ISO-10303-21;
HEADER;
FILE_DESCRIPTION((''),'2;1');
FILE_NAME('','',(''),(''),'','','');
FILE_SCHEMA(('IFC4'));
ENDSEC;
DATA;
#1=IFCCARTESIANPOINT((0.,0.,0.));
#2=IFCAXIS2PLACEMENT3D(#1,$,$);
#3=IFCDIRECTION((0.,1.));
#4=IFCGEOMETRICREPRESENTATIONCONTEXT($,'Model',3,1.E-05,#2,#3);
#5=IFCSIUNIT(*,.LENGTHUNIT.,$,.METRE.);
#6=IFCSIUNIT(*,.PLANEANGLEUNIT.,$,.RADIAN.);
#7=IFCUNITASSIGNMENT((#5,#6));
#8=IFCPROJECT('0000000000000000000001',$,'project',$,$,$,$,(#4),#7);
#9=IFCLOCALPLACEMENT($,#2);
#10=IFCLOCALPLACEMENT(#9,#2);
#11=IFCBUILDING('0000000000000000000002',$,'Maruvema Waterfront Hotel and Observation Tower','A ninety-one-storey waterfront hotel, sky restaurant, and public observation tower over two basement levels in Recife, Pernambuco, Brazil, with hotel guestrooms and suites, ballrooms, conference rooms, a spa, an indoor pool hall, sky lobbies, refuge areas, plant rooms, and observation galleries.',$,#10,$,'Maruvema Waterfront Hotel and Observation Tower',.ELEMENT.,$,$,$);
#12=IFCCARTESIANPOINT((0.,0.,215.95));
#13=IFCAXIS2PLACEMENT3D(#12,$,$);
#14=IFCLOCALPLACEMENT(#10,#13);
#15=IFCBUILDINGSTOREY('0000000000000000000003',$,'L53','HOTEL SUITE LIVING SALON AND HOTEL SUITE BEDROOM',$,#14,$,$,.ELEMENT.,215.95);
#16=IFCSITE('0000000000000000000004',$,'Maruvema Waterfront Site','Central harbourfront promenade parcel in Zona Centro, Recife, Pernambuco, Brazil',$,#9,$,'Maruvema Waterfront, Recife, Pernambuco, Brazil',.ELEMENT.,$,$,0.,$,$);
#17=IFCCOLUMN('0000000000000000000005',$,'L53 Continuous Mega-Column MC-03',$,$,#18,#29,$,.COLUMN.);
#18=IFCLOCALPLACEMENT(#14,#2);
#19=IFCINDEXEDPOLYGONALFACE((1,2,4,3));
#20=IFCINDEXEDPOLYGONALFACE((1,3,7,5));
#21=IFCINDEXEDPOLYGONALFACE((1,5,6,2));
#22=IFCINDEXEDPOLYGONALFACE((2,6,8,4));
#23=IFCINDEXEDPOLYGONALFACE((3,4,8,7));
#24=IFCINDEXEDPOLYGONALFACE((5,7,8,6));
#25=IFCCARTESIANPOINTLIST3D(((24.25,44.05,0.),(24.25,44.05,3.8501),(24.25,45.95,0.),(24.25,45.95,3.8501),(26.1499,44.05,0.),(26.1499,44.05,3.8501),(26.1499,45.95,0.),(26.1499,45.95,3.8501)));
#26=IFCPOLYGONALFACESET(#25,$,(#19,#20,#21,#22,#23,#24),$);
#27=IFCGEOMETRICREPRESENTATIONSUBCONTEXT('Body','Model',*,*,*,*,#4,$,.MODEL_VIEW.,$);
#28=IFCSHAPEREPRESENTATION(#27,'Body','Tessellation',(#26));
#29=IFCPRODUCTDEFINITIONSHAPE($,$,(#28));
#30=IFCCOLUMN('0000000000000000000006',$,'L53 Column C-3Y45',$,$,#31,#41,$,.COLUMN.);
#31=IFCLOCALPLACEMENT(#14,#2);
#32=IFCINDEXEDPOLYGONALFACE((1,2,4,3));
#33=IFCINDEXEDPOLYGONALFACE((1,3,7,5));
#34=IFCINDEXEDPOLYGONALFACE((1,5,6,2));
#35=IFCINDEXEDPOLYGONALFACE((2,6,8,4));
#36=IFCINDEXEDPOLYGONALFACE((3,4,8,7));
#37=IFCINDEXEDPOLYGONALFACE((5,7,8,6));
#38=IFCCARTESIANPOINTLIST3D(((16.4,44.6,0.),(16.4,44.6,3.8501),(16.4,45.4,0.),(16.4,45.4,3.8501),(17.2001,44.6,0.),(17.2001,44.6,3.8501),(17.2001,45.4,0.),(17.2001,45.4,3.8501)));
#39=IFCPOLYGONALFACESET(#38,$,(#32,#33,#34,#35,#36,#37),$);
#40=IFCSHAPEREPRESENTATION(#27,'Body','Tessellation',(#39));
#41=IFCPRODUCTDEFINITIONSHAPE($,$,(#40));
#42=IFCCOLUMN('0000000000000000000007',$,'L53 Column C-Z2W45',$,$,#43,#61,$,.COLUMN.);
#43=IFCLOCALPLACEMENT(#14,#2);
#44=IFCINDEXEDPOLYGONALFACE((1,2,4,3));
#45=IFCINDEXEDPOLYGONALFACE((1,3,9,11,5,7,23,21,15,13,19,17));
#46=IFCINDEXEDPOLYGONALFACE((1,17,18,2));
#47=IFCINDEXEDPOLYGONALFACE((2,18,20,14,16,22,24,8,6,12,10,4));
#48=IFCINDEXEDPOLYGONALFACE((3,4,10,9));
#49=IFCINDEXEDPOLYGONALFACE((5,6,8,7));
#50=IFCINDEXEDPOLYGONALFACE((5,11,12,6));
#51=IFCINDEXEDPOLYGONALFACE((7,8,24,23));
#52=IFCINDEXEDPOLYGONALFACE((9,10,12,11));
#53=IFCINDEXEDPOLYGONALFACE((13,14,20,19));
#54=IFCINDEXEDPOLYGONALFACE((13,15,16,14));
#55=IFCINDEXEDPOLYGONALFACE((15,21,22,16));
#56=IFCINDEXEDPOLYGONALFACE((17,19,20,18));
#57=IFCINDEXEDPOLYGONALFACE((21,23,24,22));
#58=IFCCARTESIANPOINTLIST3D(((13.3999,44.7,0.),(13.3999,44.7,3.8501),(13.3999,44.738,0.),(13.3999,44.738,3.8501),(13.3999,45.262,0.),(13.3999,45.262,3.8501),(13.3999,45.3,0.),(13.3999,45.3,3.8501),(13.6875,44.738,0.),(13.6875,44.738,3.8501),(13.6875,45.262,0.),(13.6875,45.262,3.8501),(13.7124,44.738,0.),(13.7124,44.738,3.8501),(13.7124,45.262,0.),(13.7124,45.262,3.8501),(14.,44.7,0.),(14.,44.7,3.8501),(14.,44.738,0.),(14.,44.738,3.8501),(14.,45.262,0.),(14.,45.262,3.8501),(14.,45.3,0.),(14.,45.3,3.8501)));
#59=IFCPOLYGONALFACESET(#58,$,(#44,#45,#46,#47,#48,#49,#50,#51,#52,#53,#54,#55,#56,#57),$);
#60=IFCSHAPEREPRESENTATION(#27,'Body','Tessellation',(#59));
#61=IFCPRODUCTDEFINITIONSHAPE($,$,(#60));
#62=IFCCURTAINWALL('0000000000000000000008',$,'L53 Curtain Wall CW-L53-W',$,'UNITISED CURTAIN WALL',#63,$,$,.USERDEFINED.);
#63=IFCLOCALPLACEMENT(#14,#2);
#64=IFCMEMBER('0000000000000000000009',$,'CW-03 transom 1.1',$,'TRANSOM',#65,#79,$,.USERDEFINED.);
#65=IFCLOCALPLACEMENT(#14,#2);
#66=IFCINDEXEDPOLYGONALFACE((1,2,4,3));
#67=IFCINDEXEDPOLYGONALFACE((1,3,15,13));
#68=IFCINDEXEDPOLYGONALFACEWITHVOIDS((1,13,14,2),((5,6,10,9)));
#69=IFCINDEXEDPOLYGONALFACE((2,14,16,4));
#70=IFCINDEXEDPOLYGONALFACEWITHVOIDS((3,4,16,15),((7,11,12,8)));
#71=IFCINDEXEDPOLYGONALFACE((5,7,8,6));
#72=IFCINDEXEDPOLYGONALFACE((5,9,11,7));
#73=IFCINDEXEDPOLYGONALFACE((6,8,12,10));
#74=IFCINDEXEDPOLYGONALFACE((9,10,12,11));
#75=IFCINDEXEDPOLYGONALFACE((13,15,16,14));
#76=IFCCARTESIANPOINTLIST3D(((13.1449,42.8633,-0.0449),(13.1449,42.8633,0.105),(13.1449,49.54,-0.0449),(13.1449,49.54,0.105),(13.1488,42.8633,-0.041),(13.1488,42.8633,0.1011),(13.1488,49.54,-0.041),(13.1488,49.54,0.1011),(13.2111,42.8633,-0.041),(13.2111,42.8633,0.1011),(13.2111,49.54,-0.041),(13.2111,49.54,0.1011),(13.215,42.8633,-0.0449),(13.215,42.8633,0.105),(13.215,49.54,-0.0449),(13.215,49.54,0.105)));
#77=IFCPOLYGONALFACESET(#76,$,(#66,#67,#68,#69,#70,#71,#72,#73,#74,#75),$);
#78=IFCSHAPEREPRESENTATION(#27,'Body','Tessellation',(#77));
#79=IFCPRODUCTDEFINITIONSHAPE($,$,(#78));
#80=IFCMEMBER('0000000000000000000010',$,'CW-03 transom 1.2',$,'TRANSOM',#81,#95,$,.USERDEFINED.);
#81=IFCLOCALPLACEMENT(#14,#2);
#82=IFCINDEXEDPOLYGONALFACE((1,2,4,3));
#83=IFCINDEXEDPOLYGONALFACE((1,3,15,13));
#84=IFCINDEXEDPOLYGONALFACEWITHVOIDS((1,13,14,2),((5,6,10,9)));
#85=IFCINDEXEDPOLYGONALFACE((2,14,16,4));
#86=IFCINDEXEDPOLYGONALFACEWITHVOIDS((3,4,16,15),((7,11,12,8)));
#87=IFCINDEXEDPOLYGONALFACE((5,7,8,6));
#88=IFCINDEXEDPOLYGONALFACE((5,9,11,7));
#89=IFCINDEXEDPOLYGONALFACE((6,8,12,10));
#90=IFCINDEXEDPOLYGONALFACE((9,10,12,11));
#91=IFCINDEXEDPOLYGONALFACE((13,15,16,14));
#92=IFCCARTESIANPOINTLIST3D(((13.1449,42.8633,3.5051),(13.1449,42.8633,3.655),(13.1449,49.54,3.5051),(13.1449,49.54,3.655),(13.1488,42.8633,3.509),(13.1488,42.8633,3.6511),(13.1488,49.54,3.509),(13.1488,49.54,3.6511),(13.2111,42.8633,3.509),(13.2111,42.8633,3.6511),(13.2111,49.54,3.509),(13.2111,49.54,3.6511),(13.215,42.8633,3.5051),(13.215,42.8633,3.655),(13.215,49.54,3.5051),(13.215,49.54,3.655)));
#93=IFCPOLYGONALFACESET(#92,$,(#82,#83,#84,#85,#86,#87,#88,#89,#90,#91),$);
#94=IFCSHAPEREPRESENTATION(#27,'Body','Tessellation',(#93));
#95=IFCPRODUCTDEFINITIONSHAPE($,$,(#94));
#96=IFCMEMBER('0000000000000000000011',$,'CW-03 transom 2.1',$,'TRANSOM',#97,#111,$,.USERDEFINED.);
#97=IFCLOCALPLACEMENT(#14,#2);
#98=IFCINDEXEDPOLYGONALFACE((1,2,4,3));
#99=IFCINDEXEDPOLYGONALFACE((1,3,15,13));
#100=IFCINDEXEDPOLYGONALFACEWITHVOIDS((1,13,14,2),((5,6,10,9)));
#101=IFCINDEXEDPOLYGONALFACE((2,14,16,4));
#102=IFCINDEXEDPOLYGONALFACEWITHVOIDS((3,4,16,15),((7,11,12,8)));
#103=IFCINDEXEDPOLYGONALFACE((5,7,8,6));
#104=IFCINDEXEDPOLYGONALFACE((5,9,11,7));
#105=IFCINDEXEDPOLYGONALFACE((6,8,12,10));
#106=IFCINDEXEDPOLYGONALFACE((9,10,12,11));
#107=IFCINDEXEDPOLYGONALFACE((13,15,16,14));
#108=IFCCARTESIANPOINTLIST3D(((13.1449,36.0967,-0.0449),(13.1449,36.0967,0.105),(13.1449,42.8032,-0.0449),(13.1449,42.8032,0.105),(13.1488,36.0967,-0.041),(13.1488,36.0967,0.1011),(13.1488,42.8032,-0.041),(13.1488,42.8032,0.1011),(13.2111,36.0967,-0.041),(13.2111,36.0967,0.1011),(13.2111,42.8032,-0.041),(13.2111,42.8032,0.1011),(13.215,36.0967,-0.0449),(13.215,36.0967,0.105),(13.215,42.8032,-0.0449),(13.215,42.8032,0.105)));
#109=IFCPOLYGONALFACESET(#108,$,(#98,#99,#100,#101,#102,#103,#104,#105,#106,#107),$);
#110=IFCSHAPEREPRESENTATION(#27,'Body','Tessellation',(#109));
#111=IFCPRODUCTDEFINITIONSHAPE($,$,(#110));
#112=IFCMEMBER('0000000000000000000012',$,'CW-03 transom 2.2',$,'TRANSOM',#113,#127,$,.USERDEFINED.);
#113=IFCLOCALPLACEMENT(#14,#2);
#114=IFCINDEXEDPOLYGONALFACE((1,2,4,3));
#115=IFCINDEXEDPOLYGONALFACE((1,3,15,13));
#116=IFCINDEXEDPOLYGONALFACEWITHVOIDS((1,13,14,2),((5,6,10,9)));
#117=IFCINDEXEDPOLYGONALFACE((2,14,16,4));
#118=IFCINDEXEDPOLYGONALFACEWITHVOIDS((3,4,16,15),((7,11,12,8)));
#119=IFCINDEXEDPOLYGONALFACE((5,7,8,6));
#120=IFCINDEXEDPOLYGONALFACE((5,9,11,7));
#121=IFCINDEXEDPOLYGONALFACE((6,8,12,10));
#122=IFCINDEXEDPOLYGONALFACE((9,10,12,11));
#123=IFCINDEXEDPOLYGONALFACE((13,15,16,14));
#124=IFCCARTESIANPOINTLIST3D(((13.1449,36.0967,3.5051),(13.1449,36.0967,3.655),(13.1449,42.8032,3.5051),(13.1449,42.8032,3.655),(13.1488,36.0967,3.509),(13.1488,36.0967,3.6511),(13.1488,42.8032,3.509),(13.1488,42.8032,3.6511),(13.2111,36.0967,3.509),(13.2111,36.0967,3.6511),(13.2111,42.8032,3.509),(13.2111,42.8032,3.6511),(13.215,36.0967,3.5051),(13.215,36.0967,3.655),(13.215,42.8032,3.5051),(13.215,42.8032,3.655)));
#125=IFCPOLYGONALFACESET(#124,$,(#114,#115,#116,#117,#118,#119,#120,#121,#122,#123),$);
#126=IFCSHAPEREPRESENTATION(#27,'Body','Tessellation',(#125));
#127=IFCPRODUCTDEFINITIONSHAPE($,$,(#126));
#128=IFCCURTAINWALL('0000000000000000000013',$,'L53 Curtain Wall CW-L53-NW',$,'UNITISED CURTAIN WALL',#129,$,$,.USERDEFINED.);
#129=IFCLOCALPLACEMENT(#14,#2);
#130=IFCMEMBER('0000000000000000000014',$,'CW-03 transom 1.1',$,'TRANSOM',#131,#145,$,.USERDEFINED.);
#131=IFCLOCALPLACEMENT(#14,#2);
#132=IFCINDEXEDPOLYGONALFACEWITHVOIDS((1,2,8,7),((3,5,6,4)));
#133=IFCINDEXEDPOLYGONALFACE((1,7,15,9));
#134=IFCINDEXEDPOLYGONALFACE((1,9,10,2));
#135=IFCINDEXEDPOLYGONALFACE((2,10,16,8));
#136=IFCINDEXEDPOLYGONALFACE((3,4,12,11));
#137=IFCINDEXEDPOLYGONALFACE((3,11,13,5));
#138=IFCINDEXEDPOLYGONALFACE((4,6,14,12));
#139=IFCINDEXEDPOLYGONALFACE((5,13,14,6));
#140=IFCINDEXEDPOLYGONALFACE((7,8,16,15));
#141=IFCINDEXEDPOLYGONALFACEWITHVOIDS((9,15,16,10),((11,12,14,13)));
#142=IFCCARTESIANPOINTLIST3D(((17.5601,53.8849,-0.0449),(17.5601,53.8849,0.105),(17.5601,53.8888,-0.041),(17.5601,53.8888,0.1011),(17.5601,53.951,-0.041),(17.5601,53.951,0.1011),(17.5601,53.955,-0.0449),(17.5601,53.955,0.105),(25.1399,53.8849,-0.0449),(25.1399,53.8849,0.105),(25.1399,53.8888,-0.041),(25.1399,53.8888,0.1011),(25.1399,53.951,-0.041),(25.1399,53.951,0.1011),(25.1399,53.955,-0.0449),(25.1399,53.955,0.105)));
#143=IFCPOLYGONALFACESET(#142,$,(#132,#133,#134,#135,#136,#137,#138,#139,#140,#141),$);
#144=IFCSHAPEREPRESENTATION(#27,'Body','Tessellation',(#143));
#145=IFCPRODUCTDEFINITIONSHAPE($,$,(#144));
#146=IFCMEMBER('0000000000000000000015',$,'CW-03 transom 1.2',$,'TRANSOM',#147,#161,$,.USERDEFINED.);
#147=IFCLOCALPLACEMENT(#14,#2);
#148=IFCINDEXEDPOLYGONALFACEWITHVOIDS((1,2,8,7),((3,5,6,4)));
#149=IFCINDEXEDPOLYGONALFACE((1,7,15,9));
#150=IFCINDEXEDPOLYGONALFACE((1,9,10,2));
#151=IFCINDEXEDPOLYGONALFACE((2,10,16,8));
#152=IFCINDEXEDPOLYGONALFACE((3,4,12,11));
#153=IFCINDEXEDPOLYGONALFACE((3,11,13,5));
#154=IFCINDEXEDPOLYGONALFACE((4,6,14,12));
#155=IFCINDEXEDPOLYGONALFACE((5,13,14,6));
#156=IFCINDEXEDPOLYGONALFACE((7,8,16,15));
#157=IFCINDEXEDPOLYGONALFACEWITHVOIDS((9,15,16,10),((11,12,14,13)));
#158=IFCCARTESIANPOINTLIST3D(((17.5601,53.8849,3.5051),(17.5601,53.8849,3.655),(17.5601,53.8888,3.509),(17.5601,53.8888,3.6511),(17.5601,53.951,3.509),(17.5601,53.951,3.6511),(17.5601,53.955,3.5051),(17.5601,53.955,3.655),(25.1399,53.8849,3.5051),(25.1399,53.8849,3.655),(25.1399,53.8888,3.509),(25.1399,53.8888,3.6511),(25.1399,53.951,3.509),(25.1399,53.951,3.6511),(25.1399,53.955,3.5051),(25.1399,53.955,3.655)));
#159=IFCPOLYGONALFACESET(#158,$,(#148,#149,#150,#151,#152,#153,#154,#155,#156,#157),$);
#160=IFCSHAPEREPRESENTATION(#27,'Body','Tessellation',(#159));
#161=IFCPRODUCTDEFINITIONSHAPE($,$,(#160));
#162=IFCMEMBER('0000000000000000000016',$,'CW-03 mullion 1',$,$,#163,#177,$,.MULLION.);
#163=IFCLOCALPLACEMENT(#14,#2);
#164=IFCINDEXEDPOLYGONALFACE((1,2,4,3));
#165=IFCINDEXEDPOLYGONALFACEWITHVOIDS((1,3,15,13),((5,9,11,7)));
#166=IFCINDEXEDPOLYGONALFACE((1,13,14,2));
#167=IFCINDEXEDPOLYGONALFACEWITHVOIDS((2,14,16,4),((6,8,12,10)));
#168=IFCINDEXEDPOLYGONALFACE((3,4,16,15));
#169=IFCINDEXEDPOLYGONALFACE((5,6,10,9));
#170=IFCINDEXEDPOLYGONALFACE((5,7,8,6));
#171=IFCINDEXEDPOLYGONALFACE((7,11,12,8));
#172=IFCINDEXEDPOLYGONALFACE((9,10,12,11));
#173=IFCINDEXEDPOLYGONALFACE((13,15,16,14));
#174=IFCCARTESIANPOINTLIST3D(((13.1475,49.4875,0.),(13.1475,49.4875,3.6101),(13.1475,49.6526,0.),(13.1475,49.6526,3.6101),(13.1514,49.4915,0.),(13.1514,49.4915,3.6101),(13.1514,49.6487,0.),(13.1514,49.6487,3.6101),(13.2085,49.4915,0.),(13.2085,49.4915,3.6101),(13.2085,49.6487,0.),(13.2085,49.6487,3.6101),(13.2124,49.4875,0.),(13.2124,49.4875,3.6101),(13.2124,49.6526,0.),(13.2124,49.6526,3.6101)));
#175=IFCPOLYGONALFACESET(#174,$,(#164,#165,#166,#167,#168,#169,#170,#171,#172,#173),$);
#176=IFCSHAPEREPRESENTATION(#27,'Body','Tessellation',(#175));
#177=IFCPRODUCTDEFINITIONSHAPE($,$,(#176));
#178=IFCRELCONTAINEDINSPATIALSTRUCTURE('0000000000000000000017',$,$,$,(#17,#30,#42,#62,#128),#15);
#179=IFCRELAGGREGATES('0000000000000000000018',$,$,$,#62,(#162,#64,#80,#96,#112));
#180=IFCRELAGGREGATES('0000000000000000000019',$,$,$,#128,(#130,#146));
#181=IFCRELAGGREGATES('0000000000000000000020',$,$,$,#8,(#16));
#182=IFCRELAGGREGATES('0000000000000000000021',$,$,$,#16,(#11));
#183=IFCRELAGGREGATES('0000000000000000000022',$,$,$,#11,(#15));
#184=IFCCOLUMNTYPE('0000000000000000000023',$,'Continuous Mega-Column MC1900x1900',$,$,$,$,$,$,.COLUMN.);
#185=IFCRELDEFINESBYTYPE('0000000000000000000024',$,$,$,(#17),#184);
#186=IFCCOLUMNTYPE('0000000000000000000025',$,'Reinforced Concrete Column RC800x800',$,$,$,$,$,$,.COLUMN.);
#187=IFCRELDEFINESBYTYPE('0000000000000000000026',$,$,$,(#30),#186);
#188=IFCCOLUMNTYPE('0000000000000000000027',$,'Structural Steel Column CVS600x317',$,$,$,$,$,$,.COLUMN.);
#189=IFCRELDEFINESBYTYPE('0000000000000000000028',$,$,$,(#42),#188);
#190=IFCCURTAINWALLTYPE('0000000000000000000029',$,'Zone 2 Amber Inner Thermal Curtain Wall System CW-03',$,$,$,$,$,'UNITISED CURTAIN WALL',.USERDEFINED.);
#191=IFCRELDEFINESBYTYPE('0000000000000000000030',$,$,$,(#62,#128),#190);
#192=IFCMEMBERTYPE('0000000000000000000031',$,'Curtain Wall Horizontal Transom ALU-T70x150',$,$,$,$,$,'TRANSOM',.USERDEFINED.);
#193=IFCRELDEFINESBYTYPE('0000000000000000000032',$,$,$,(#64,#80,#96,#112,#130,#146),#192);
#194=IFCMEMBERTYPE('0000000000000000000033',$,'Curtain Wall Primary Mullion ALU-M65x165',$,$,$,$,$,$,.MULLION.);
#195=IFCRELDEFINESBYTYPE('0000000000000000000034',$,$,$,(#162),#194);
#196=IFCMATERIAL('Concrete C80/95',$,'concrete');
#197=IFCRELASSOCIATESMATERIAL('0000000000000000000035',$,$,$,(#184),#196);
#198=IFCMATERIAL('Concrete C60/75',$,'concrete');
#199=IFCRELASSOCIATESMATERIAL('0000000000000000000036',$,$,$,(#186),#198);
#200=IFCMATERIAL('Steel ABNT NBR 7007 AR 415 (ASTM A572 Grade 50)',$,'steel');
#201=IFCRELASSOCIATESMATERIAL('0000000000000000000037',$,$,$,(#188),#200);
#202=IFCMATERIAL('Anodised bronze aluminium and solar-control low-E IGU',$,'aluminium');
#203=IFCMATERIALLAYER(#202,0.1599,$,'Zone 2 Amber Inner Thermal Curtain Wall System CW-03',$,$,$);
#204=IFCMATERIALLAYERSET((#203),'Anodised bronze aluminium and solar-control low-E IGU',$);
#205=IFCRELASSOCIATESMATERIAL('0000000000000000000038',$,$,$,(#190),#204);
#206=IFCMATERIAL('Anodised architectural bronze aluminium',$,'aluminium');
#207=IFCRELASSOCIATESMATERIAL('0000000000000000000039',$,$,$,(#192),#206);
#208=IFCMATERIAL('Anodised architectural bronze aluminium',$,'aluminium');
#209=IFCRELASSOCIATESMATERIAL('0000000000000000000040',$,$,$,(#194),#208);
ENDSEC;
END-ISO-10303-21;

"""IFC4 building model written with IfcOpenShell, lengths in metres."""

from ifc_helpers import new_model, si_unit, direction, frame, origin, origin_2d, place, context, subcontext, project, spatial, rectangle, hollow_rectangle, i_section, extrude, material, layer, layer_set, material_profile, profile_set, type_object, element, aggregate, save


model = new_model("IFC4")

# Units and contexts
model_context = context("Model", 3, precision=1e-05, world=origin(), true_north=direction((0.0, 1.0)))
body_context = subcontext(model_context, "Body", "Model", "MODEL_VIEW")
ifc_project = project(units=[si_unit("LENGTHUNIT", "METRE"), si_unit("PLANEANGLEUNIT", "RADIAN")], contexts=[model_context])

# Site, building, storey
site_placement = place(None, origin())
site = spatial("IfcSite", under=ifc_project, at=site_placement, Name="Maruvema Waterfront Site", Description="Central harbourfront promenade parcel in Zona Centro, Recife, Pernambuco, Brazil", LongName="Maruvema Waterfront, Recife, Pernambuco, Brazil", CompositionType="ELEMENT", RefElevation=0.0)
building_placement = place(site_placement, origin())
building = spatial("IfcBuilding", under=site, at=building_placement, Name="Maruvema Waterfront Hotel and Observation Tower", Description="A ninety-one-storey waterfront hotel, sky restaurant, and public observation tower over two basement levels in Recife, Pernambuco, Brazil, with hotel guestrooms and suites, ballrooms, conference rooms, a spa, an indoor pool hall, sky lobbies, refuge areas, plant rooms, and observation galleries.", LongName="Maruvema Waterfront Hotel and Observation Tower", CompositionType="ELEMENT")
storey_placement = place(building_placement, frame((0.0, 0.0, 215.95)))
storey = spatial("IfcBuildingStorey", under=building, at=storey_placement, Name="L53", Description="HOTEL SUITE LIVING SALON AND HOTEL SUITE BEDROOM", CompositionType="ELEMENT", Elevation=215.95)

# Columns
ifc_material_1 = material(Name="Concrete C80/95", Category="concrete")
ifc_material_profile_1 = material_profile(ifc_material_1, rectangle(XDim=1.8999, YDim=1.8999, at=origin_2d()), Name="MC1900x1900")
ifc_profile_set_1 = profile_set([ifc_material_profile_1], Name="Concrete C80/95")
column_type_1 = type_object("IfcColumnType", Name="Continuous Mega-Column MC1900x1900", PredefinedType="COLUMN", material=ifc_profile_set_1)
column_1_placement = place(storey_placement, frame((25.2, 45.0, 0.0), z_axis=(0.0, 0.0, 1.0), x_axis=(1.0, 0.0, 0.0)))
element("IfcColumn", 1, at=column_1_placement, inside=storey, type_object=column_type_1, Name="L53 Continuous Mega-Column MC-03", PredefinedType="COLUMN", context=body_context, shape_type="SweptSolid", body=[
    extrude(rectangle(XDim=1.8999, YDim=1.8999, at=origin_2d()), origin(), (0.0, 0.0, 1.0), 3.8501),
])
ifc_material_2 = material(Name="Concrete C60/75", Category="concrete")
ifc_material_profile_2 = material_profile(ifc_material_2, rectangle(XDim=0.8, YDim=0.8, at=origin_2d()), Name="RC800x800")
ifc_profile_set_2 = profile_set([ifc_material_profile_2], Name="Concrete C60/75")
column_type_2 = type_object("IfcColumnType", Name="Reinforced Concrete Column RC800x800", PredefinedType="COLUMN", material=ifc_profile_set_2)
column_2_placement = place(storey_placement, frame((16.8, 45.0, 0.0), z_axis=(0.0, 0.0, 1.0), x_axis=(1.0, 0.0, 0.0)))
element("IfcColumn", 2, at=column_2_placement, inside=storey, type_object=column_type_2, Name="L53 Column C-3Y45", PredefinedType="COLUMN", context=body_context, shape_type="SweptSolid", body=[
    extrude(rectangle(XDim=0.8, YDim=0.8, at=origin_2d()), origin(), (0.0, 0.0, 1.0), 3.8501),
])
ifc_material_3 = material(Name="Steel ABNT NBR 7007 AR 415 (ASTM A572 Grade 50)", Category="steel")
ifc_material_profile_3 = material_profile(ifc_material_3, i_section(OverallWidth=0.6001, OverallDepth=0.6001, WebThickness=0.0249, FlangeThickness=0.0381, at=origin_2d()), Name="CVS600x317")
ifc_profile_set_3 = profile_set([ifc_material_profile_3], Name="Steel ABNT NBR 7007 AR 415 (ASTM A572 Grade 50)")
column_type_3 = type_object("IfcColumnType", Name="Structural Steel Column CVS600x317", PredefinedType="COLUMN", material=ifc_profile_set_3)
column_3_placement = place(storey_placement, frame((13.7, 45.0, 0.0), z_axis=(0.0, 0.0, 1.0), x_axis=(1.0, 0.0, 0.0)))
element("IfcColumn", 3, at=column_3_placement, inside=storey, type_object=column_type_3, Name="L53 Column C-Z2W45", PredefinedType="COLUMN", context=body_context, shape_type="SweptSolid", body=[
    extrude(i_section(OverallWidth=0.6001, OverallDepth=0.6001, WebThickness=0.0249, FlangeThickness=0.0381, at=origin_2d()), origin(), (0.0, 0.0, 1.0), 3.8501),
])

# Curtain walls, members
ifc_material_4 = material(Name="Anodised bronze aluminium and solar-control low-E IGU", Category="aluminium")
ifc_layer_1 = layer(ifc_material_4, 0.1599, Name="Zone 2 Amber Inner Thermal Curtain Wall System CW-03")
ifc_layer_set_1 = layer_set([ifc_layer_1], Name="Anodised bronze aluminium and solar-control low-E IGU")
curtain_wall_type = type_object("IfcCurtainWallType", Name="Zone 2 Amber Inner Thermal Curtain Wall System CW-03", ElementType="UNITISED CURTAIN WALL", PredefinedType="USERDEFINED", material=ifc_layer_set_1)
curtain_wall_1_placement = place(storey_placement, origin())
curtain_wall_1 = element("IfcCurtainWall", 4, at=curtain_wall_1_placement, inside=storey, type_object=curtain_wall_type, Name="L53 Curtain Wall CW-L53-W", ObjectType="UNITISED CURTAIN WALL", PredefinedType="USERDEFINED")
ifc_material_5 = material(Name="Anodised architectural bronze aluminium", Category="aluminium")
ifc_material_profile_4 = material_profile(ifc_material_5, hollow_rectangle(XDim=0.0701, YDim=0.1499, WallThickness=0.0039, at=origin_2d()), Name="ALU-T70x150")
ifc_profile_set_4 = profile_set([ifc_material_profile_4], Name="Anodised architectural bronze aluminium")
member_type_1 = type_object("IfcMemberType", Name="Curtain Wall Horizontal Transom ALU-T70x150", ElementType="TRANSOM", PredefinedType="USERDEFINED", material=ifc_profile_set_4)
member_1_placement = place(storey_placement, frame((13.1799, 49.54, 0.03), z_axis=(0.0, -1.0, 0.0), x_axis=(1.0, 0.0, 0.0)))
member_1 = element("IfcMember", 5, at=member_1_placement, type_object=member_type_1, Name="CW-03 transom 1.1", ObjectType="TRANSOM", PredefinedType="USERDEFINED", context=body_context, shape_type="SweptSolid", body=[
    extrude(hollow_rectangle(XDim=0.0701, YDim=0.1499, WallThickness=0.0039, at=origin_2d()), origin(), (0.0, 0.0, 1.0), 6.6768),
])
member_2_placement = place(storey_placement, frame((13.1799, 49.54, 3.5801), z_axis=(0.0, -1.0, 0.0), x_axis=(1.0, 0.0, 0.0)))
member_2 = element("IfcMember", 6, at=member_2_placement, type_object=member_type_1, Name="CW-03 transom 1.2", ObjectType="TRANSOM", PredefinedType="USERDEFINED", context=body_context, shape_type="SweptSolid", body=[
    extrude(hollow_rectangle(XDim=0.0701, YDim=0.1499, WallThickness=0.0039, at=origin_2d()), origin(), (0.0, 0.0, 1.0), 6.6768),
])
member_3_placement = place(storey_placement, frame((13.1799, 42.8032, 0.03), z_axis=(0.0, -1.0, 0.0), x_axis=(1.0, 0.0, 0.0)))
member_3 = element("IfcMember", 7, at=member_3_placement, type_object=member_type_1, Name="CW-03 transom 2.1", ObjectType="TRANSOM", PredefinedType="USERDEFINED", context=body_context, shape_type="SweptSolid", body=[
    extrude(hollow_rectangle(XDim=0.0701, YDim=0.1499, WallThickness=0.0039, at=origin_2d()), origin(), (0.0, 0.0, 1.0), 6.7065),
])
member_4_placement = place(storey_placement, frame((13.1799, 42.8032, 3.5801), z_axis=(0.0, -1.0, 0.0), x_axis=(1.0, 0.0, 0.0)))
member_4 = element("IfcMember", 8, at=member_4_placement, type_object=member_type_1, Name="CW-03 transom 2.2", ObjectType="TRANSOM", PredefinedType="USERDEFINED", context=body_context, shape_type="SweptSolid", body=[
    extrude(hollow_rectangle(XDim=0.0701, YDim=0.1499, WallThickness=0.0039, at=origin_2d()), origin(), (0.0, 0.0, 1.0), 6.7065),
])
curtain_wall_2_placement = place(storey_placement, origin())
curtain_wall_2 = element("IfcCurtainWall", 9, at=curtain_wall_2_placement, inside=storey, type_object=curtain_wall_type, Name="L53 Curtain Wall CW-L53-NW", ObjectType="UNITISED CURTAIN WALL", PredefinedType="USERDEFINED")
member_5_placement = place(storey_placement, frame((25.1399, 53.9199, 0.03), z_axis=(-1.0, 0.0, 0.0), x_axis=(0.0, -1.0, 0.0)))
member_5 = element("IfcMember", 10, at=member_5_placement, type_object=member_type_1, Name="CW-03 transom 1.1", ObjectType="TRANSOM", PredefinedType="USERDEFINED", context=body_context, shape_type="SweptSolid", body=[
    extrude(hollow_rectangle(XDim=0.0701, YDim=0.1499, WallThickness=0.0039, at=origin_2d()), origin(), (0.0, 0.0, 1.0), 7.5798),
])
member_6_placement = place(storey_placement, frame((25.1399, 53.9199, 3.5801), z_axis=(-1.0, 0.0, 0.0), x_axis=(0.0, -1.0, 0.0)))
member_6 = element("IfcMember", 11, at=member_6_placement, type_object=member_type_1, Name="CW-03 transom 1.2", ObjectType="TRANSOM", PredefinedType="USERDEFINED", context=body_context, shape_type="SweptSolid", body=[
    extrude(hollow_rectangle(XDim=0.0701, YDim=0.1499, WallThickness=0.0039, at=origin_2d()), origin(), (0.0, 0.0, 1.0), 7.5798),
])

# Member
ifc_material_6 = material(Name="Anodised architectural bronze aluminium", Category="aluminium")
ifc_material_profile_5 = material_profile(ifc_material_6, hollow_rectangle(XDim=0.0649, YDim=0.165, WallThickness=0.0039, at=origin_2d()), Name="ALU-M65x165")
ifc_profile_set_5 = profile_set([ifc_material_profile_5], Name="Anodised architectural bronze aluminium")
member_type_2 = type_object("IfcMemberType", Name="Curtain Wall Primary Mullion ALU-M65x165", PredefinedType="MULLION", material=ifc_profile_set_5)
member_7_placement = place(storey_placement, frame((13.1799, 49.5701, 0.0), z_axis=(0.0, 0.0, 1.0), x_axis=(1.0, 0.0, 0.0)))
member_7 = element("IfcMember", 12, at=member_7_placement, type_object=member_type_2, Name="CW-03 mullion 1", PredefinedType="MULLION", context=body_context, shape_type="SweptSolid", body=[
    extrude(hollow_rectangle(XDim=0.0649, YDim=0.165, WallThickness=0.0039, at=origin_2d()), origin(), (0.0, 0.0, 1.0), 3.6101),
])

aggregate(curtain_wall_1, [member_7, member_1, member_2, member_3, member_4])
aggregate(curtain_wall_2, [member_5, member_6])

save(model, "model.ifc")
